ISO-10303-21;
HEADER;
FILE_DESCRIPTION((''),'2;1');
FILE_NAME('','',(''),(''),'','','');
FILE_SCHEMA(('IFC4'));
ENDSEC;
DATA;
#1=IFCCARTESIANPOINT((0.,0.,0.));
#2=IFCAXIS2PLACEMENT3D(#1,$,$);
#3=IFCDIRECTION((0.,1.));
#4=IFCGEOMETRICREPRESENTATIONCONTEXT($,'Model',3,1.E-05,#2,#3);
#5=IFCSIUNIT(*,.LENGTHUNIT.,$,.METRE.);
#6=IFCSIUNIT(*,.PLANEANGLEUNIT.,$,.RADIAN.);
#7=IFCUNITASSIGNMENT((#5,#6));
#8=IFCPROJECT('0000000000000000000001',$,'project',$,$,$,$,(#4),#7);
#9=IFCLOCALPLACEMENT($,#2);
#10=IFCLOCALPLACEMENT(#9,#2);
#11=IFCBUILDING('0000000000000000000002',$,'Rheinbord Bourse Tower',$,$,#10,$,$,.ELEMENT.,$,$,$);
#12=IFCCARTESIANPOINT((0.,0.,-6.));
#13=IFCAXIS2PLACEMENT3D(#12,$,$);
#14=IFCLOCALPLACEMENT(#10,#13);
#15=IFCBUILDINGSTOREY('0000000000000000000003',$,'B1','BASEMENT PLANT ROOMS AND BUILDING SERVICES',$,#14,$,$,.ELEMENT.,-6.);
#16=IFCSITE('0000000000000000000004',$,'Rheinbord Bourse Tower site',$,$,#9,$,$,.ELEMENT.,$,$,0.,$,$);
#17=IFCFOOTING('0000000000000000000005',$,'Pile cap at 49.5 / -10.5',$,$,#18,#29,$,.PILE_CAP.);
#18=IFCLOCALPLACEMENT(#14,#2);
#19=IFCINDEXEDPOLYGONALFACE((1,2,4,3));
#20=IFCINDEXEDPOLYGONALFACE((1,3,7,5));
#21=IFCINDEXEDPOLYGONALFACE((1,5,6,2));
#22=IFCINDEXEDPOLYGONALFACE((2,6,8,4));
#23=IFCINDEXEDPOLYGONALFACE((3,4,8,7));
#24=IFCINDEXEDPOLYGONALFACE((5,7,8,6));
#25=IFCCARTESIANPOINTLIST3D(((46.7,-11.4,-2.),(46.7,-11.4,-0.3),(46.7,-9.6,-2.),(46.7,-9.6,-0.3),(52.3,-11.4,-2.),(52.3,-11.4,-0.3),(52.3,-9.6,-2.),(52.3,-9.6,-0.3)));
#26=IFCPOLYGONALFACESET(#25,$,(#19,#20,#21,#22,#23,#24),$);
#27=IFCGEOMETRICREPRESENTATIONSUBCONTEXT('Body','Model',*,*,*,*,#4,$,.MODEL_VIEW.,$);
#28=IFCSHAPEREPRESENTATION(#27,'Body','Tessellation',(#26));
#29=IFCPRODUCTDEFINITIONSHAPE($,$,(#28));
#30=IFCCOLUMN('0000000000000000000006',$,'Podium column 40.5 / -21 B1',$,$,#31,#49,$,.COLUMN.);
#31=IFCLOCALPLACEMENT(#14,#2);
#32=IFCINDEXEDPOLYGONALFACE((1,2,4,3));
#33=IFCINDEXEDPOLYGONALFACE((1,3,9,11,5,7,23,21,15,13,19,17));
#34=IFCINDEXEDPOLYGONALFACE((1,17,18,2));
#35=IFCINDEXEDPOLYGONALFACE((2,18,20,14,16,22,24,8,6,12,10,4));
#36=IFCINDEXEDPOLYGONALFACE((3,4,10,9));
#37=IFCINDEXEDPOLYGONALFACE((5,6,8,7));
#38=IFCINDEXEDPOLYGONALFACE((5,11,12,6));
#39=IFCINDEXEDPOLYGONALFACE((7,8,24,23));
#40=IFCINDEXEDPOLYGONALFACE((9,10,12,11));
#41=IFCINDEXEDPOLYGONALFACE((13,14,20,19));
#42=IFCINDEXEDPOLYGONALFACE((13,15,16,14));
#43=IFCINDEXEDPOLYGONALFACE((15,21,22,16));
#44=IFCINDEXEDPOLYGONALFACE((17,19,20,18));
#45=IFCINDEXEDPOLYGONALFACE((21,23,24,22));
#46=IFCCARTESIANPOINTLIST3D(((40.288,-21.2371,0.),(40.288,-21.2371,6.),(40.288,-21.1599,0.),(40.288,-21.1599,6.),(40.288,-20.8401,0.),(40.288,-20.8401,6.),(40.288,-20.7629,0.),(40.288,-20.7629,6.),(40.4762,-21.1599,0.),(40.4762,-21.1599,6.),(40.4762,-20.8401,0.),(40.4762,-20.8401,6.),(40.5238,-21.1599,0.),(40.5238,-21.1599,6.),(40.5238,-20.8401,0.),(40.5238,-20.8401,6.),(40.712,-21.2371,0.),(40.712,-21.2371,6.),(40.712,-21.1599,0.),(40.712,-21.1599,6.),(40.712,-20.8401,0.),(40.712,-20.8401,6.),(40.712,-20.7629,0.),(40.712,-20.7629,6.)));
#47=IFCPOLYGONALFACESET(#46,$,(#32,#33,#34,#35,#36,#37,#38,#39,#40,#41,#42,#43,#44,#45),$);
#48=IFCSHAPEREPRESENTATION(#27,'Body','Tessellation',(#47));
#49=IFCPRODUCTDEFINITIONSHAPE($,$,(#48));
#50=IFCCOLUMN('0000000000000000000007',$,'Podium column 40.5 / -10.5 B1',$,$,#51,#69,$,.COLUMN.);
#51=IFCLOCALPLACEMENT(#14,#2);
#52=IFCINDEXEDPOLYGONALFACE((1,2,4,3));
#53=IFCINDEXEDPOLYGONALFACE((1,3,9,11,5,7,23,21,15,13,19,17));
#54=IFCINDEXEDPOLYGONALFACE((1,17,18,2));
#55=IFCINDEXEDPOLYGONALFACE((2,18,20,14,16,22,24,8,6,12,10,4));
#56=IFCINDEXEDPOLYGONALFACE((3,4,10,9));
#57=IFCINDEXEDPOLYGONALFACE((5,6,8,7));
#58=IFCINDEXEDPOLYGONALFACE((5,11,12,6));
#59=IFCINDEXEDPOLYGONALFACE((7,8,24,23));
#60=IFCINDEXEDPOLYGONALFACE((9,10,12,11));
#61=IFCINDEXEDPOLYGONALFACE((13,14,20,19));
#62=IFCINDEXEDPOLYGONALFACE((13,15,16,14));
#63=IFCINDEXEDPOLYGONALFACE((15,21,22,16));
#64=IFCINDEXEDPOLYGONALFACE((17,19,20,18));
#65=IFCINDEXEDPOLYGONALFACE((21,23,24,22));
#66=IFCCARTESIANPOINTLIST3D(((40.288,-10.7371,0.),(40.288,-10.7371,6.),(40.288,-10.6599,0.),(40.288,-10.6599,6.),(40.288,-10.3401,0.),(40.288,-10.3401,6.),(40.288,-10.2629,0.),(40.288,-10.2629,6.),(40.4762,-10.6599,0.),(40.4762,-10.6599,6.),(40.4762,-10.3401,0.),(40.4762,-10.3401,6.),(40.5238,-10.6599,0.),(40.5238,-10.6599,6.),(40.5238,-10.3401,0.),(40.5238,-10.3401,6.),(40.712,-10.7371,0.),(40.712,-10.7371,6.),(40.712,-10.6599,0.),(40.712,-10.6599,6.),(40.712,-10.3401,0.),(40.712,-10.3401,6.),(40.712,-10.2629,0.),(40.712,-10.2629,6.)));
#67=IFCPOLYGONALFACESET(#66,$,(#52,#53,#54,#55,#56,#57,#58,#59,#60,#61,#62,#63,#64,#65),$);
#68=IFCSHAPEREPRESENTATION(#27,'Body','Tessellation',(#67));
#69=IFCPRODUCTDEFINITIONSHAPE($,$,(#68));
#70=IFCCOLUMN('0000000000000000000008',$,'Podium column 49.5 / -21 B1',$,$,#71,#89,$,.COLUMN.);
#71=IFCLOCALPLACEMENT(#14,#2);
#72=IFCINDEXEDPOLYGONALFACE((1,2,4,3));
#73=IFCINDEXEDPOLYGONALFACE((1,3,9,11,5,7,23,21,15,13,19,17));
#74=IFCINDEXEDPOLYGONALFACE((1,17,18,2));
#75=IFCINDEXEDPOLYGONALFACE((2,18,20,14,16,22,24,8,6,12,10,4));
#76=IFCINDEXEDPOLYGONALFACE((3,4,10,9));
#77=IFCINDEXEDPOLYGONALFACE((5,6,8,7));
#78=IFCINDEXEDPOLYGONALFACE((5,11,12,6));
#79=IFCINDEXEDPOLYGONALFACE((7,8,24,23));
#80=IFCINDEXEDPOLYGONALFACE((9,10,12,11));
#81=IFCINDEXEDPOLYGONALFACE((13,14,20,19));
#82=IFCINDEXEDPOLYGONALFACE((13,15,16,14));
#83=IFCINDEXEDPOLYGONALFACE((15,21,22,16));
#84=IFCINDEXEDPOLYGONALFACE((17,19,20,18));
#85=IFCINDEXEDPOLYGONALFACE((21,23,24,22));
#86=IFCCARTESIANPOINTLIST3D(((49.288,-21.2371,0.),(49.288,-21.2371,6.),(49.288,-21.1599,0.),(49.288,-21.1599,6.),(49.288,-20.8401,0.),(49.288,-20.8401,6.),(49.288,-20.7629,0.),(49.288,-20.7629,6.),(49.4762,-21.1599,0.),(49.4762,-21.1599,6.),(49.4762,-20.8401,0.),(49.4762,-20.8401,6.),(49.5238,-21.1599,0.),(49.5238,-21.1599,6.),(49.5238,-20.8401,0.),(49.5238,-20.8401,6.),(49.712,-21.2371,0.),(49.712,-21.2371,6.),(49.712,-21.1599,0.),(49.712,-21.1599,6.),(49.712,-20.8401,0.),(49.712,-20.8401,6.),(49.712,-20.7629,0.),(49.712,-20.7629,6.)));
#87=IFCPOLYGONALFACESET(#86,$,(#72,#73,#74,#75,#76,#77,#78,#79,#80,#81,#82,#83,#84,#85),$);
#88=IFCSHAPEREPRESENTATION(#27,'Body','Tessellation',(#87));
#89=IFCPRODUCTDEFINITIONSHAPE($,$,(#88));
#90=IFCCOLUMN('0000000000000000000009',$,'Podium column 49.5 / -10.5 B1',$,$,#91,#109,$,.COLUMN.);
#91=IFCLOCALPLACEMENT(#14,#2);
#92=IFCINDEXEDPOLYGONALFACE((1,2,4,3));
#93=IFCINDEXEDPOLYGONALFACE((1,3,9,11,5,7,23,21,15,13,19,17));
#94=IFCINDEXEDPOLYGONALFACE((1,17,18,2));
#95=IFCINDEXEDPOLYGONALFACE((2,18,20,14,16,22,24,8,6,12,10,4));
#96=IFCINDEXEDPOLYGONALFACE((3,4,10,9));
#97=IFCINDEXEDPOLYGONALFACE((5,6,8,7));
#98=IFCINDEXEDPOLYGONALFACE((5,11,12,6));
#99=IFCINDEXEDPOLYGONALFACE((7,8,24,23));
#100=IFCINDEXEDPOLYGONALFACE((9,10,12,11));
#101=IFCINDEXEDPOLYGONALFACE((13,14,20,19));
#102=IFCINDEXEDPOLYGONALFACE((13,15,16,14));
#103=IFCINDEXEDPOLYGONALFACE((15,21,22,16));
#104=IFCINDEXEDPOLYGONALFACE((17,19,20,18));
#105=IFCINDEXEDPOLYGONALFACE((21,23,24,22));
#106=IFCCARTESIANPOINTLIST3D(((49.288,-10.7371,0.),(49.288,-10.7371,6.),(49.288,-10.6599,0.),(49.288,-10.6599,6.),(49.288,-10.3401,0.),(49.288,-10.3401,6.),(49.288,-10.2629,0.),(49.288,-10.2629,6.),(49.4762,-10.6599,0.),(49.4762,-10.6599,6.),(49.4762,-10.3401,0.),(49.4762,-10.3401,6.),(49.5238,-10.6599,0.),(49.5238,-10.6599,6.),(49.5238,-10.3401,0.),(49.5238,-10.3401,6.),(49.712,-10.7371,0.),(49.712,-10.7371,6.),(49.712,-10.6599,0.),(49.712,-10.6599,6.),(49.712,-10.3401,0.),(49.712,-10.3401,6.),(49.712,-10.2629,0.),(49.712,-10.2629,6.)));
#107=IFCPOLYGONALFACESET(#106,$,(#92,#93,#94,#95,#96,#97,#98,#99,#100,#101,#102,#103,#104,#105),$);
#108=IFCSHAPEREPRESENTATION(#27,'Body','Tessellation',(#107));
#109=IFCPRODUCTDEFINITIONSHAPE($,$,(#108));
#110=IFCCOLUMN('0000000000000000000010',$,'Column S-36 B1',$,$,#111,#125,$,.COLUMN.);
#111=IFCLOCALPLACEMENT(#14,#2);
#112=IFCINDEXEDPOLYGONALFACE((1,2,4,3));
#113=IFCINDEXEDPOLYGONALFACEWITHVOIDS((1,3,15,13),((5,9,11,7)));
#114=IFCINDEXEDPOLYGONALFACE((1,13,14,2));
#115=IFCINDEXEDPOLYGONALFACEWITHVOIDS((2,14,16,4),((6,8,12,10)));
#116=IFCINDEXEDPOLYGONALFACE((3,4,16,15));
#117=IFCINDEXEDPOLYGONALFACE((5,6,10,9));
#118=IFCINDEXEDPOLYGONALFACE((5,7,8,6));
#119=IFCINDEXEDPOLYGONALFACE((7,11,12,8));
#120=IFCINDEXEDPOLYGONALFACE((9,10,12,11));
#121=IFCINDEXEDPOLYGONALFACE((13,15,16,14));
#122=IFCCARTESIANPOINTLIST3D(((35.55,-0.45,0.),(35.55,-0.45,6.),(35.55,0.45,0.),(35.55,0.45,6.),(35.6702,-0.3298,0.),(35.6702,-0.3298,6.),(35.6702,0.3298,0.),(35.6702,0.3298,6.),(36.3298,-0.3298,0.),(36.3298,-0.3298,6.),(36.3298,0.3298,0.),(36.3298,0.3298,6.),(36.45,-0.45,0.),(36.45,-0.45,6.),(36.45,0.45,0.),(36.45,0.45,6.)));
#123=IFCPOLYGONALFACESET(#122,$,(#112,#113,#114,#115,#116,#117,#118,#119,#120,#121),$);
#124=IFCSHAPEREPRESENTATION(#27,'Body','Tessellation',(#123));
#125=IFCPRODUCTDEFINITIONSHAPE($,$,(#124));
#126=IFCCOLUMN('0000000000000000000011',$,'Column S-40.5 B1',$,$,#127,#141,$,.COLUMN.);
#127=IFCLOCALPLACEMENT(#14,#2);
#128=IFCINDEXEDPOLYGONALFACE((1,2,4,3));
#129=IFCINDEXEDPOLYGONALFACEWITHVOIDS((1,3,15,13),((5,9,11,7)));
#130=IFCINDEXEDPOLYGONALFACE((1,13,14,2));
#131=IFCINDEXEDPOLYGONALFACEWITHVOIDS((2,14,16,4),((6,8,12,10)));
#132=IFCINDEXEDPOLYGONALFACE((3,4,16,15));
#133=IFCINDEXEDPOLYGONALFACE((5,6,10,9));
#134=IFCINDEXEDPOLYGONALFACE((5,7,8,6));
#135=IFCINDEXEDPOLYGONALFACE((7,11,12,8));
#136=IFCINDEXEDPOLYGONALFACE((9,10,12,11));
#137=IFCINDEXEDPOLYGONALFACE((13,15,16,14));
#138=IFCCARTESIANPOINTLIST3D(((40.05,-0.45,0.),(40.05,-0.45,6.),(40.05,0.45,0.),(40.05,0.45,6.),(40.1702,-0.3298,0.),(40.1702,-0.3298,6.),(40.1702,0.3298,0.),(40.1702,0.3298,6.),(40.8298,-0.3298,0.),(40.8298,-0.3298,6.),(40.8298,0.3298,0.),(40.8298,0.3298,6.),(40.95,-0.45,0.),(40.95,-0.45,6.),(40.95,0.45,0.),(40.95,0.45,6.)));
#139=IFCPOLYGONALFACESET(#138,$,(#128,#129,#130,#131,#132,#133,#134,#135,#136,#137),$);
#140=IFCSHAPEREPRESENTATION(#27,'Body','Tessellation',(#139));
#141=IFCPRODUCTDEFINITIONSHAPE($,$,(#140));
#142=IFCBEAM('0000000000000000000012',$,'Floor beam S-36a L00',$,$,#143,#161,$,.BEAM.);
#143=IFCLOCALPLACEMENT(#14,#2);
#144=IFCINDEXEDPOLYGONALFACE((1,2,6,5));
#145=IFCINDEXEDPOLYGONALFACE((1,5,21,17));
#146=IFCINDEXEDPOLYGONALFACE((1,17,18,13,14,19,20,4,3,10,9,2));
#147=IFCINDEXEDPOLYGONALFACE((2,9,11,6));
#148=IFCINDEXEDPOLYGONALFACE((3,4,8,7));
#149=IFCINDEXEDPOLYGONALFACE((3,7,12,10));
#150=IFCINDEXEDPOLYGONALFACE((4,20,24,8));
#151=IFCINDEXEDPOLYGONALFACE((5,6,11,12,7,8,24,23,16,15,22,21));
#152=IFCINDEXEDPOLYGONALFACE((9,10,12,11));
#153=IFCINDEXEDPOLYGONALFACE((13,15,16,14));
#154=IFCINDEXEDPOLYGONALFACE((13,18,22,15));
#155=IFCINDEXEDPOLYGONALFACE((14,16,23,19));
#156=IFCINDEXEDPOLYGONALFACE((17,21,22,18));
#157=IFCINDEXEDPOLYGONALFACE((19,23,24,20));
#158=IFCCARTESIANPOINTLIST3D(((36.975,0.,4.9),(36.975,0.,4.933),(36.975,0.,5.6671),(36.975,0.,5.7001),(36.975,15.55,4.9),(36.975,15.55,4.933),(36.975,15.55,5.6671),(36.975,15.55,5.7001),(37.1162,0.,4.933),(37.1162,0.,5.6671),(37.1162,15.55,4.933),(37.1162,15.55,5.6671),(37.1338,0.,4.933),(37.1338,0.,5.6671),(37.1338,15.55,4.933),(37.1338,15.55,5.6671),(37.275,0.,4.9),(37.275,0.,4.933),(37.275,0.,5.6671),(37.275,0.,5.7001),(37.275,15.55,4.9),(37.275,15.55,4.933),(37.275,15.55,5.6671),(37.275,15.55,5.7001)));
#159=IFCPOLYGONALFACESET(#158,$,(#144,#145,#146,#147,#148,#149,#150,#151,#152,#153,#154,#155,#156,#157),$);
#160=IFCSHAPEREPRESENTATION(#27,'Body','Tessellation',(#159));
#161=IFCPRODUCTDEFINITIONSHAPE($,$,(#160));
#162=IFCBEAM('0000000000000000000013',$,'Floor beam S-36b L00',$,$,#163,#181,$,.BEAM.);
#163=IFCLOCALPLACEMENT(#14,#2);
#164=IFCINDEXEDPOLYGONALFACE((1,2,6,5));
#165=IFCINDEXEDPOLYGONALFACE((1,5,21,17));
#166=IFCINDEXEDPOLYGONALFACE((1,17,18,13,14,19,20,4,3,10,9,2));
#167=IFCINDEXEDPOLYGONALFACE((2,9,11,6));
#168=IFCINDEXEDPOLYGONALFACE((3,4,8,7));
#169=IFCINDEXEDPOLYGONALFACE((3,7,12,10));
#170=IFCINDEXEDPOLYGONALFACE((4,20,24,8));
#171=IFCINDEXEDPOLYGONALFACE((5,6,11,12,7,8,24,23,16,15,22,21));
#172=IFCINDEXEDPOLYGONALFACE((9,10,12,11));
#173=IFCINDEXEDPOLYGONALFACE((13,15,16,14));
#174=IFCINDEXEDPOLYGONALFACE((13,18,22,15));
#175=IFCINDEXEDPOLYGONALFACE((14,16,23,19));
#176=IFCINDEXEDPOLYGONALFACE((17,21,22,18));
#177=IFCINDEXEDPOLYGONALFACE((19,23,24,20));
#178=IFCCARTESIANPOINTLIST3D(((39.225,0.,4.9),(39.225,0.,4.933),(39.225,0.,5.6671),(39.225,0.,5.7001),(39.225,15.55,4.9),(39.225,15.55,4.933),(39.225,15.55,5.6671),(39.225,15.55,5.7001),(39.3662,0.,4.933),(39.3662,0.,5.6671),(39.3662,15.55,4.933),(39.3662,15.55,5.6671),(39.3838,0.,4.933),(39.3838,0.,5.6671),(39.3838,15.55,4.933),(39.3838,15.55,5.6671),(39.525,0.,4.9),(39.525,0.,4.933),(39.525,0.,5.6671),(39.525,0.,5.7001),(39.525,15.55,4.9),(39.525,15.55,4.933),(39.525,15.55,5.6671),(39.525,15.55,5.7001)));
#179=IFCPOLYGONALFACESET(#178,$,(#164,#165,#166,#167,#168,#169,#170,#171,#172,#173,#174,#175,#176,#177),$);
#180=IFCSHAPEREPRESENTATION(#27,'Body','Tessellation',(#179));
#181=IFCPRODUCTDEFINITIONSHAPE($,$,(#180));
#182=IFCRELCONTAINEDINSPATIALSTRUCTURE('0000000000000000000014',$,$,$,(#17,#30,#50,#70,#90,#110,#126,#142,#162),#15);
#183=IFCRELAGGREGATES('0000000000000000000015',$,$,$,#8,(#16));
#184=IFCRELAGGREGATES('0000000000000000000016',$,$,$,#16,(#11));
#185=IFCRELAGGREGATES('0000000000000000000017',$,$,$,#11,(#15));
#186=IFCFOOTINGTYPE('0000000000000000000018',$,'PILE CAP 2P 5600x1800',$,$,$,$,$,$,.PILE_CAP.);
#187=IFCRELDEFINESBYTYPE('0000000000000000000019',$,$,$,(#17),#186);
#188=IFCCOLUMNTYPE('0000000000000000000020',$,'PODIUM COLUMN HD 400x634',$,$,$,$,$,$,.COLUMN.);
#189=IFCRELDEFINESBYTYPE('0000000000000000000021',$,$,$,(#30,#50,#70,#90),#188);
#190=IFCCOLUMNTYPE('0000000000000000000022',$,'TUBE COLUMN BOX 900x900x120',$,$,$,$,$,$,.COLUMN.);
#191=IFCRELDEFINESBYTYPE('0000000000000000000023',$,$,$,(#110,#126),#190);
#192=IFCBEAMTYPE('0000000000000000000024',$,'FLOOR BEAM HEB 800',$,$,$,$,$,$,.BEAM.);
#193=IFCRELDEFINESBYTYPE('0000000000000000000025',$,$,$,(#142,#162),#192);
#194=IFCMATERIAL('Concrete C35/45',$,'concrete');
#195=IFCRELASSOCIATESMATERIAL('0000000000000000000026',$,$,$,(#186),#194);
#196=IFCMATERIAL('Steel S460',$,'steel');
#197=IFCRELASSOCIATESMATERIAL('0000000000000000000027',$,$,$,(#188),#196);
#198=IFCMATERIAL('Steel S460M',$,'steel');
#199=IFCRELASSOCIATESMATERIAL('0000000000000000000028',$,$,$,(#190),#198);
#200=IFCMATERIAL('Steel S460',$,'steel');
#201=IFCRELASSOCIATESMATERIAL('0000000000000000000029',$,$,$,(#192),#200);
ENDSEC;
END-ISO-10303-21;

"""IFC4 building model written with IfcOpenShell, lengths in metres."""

from ifc_helpers import new_model, si_unit, direction, frame, origin, origin_2d, place, context, subcontext, project, spatial, rectangle, hollow_rectangle, i_section, extrude, material, material_profile, profile_set, type_object, element, save


model = new_model("IFC4")

# Units and contexts
model_context = context("Model", 3, precision=1e-05, world=origin(), true_north=direction((0.0, 1.0)))
body_context = subcontext(model_context, "Body", "Model", "MODEL_VIEW")
ifc_project = project(units=[si_unit("LENGTHUNIT", "METRE"), si_unit("PLANEANGLEUNIT", "RADIAN")], contexts=[model_context])

# Site, building, storey
site_placement = place(None, origin())
site = spatial("IfcSite", under=ifc_project, at=site_placement, Name="Rheinbord Bourse Tower site", CompositionType="ELEMENT", RefElevation=0.0)
building_placement = place(site_placement, origin())
building = spatial("IfcBuilding", under=site, at=building_placement, Name="Rheinbord Bourse Tower", CompositionType="ELEMENT")
storey_placement = place(building_placement, frame((0.0, 0.0, -6.0)))
storey = spatial("IfcBuildingStorey", under=building, at=storey_placement, Name="B1", Description="BASEMENT PLANT ROOMS AND BUILDING SERVICES", CompositionType="ELEMENT", Elevation=-6.0)

# Footing
ifc_material_1 = material(Name="Concrete C35/45", Category="concrete")
footing_type = type_object("IfcFootingType", Name="PILE CAP 2P 5600x1800", PredefinedType="PILE_CAP", material=ifc_material_1)
for number, where, z_axis, x_axis, name in (
    (1, (49.5, -10.5, -2.0), (0.0, 0.0, 1.0), (1.0, 0.0, 0.0), "Pile cap at 49.5 / -10.5"),
):
    element("IfcFooting", number, at=place(storey_placement, frame(where, z_axis=z_axis, x_axis=x_axis)), inside=storey, type_object=footing_type, Name=name, PredefinedType="PILE_CAP", context=body_context, shape_type="SweptSolid", body=[
        extrude(rectangle(XDim=5.6001, YDim=1.8, at=origin_2d()), origin(), (0.0, 0.0, 1.0), 1.7),
    ])

# Columns
ifc_material_2 = material(Name="Steel S460", Category="steel")
ifc_material_profile_1 = material_profile(ifc_material_2, i_section(OverallWidth=0.4241, OverallDepth=0.4741, WebThickness=0.0476, FlangeThickness=0.0771, at=origin_2d()), Name="HD 400x634")
ifc_profile_set_1 = profile_set([ifc_material_profile_1], Name="Steel S460")
column_type_1 = type_object("IfcColumnType", Name="PODIUM COLUMN HD 400x634", PredefinedType="COLUMN", material=ifc_profile_set_1)
for number, where, z_axis, x_axis, name in (
    (2, (40.5, -21.0, 0.0), (0.0, 0.0, 1.0), (1.0, 0.0, 0.0), "Podium column 40.5 / -21 B1"),
    (3, (40.5, -10.5, 0.0), (0.0, 0.0, 1.0), (1.0, 0.0, 0.0), "Podium column 40.5 / -10.5 B1"),
    (4, (49.5, -21.0, 0.0), (0.0, 0.0, 1.0), (1.0, 0.0, 0.0), "Podium column 49.5 / -21 B1"),
    (5, (49.5, -10.5, 0.0), (0.0, 0.0, 1.0), (1.0, 0.0, 0.0), "Podium column 49.5 / -10.5 B1"),
):
    element("IfcColumn", number, at=place(storey_placement, frame(where, z_axis=z_axis, x_axis=x_axis)), inside=storey, type_object=column_type_1, Name=name, PredefinedType="COLUMN", context=body_context, shape_type="SweptSolid", body=[
        extrude(i_section(OverallWidth=0.4241, OverallDepth=0.4741, WebThickness=0.0476, FlangeThickness=0.0771, at=origin_2d()), origin(), (0.0, 0.0, 1.0), 6.0),
    ])
ifc_material_3 = material(Name="Steel S460M", Category="steel")
ifc_material_profile_2 = material_profile(ifc_material_3, hollow_rectangle(XDim=0.8999, YDim=0.8999, WallThickness=0.1201, at=origin_2d()), Name="BOX 900x900x120")
ifc_profile_set_2 = profile_set([ifc_material_profile_2], Name="Steel S460M")
column_type_2 = type_object("IfcColumnType", Name="TUBE COLUMN BOX 900x900x120", PredefinedType="COLUMN", material=ifc_profile_set_2)
for number, where, z_axis, x_axis, name in (
    (6, (36.0, 0.0, 0.0), (0.0, 0.0, 1.0), (0.0, 1.0, 0.0), "Column S-36 B1"),
    (7, (40.5, 0.0, 0.0), (0.0, 0.0, 1.0), (0.0, 1.0, 0.0), "Column S-40.5 B1"),
):
    element("IfcColumn", number, at=place(storey_placement, frame(where, z_axis=z_axis, x_axis=x_axis)), inside=storey, type_object=column_type_2, Name=name, PredefinedType="COLUMN", context=body_context, shape_type="SweptSolid", body=[
        extrude(hollow_rectangle(XDim=0.8999, YDim=0.8999, WallThickness=0.1201, at=origin_2d()), origin(), (0.0, 0.0, 1.0), 6.0),
    ])

# Beams
ifc_material_4 = material(Name="Steel S460", Category="steel")
ifc_material_profile_3 = material_profile(ifc_material_4, i_section(OverallWidth=0.3, OverallDepth=0.8, WebThickness=0.0176, FlangeThickness=0.033, at=origin_2d()), Name="HEB 800")
ifc_profile_set_3 = profile_set([ifc_material_profile_3], Name="Steel S460")
beam_type_1 = type_object("IfcBeamType", Name="FLOOR BEAM HEB 800", PredefinedType="BEAM", material=ifc_profile_set_3)
for number, where, z_axis, x_axis, name in (
    (8, (37.125, 0.0, 5.3), (0.0, 1.0, 0.0), (-1.0, 0.0, 0.0), "Floor beam S-36a L00"),
    (9, (39.375, 0.0, 5.3), (0.0, 1.0, 0.0), (-1.0, 0.0, 0.0), "Floor beam S-36b L00"),
):
    element("IfcBeam", number, at=place(storey_placement, frame(where, z_axis=z_axis, x_axis=x_axis)), inside=storey, type_object=beam_type_1, Name=name, PredefinedType="BEAM", context=body_context, shape_type="SweptSolid", body=[
        extrude(i_section(OverallWidth=0.3, OverallDepth=0.8, WebThickness=0.0176, FlangeThickness=0.033, at=origin_2d()), origin(), (0.0, 0.0, 1.0), 15.55),
    ])

save(model, "model.ifc")
